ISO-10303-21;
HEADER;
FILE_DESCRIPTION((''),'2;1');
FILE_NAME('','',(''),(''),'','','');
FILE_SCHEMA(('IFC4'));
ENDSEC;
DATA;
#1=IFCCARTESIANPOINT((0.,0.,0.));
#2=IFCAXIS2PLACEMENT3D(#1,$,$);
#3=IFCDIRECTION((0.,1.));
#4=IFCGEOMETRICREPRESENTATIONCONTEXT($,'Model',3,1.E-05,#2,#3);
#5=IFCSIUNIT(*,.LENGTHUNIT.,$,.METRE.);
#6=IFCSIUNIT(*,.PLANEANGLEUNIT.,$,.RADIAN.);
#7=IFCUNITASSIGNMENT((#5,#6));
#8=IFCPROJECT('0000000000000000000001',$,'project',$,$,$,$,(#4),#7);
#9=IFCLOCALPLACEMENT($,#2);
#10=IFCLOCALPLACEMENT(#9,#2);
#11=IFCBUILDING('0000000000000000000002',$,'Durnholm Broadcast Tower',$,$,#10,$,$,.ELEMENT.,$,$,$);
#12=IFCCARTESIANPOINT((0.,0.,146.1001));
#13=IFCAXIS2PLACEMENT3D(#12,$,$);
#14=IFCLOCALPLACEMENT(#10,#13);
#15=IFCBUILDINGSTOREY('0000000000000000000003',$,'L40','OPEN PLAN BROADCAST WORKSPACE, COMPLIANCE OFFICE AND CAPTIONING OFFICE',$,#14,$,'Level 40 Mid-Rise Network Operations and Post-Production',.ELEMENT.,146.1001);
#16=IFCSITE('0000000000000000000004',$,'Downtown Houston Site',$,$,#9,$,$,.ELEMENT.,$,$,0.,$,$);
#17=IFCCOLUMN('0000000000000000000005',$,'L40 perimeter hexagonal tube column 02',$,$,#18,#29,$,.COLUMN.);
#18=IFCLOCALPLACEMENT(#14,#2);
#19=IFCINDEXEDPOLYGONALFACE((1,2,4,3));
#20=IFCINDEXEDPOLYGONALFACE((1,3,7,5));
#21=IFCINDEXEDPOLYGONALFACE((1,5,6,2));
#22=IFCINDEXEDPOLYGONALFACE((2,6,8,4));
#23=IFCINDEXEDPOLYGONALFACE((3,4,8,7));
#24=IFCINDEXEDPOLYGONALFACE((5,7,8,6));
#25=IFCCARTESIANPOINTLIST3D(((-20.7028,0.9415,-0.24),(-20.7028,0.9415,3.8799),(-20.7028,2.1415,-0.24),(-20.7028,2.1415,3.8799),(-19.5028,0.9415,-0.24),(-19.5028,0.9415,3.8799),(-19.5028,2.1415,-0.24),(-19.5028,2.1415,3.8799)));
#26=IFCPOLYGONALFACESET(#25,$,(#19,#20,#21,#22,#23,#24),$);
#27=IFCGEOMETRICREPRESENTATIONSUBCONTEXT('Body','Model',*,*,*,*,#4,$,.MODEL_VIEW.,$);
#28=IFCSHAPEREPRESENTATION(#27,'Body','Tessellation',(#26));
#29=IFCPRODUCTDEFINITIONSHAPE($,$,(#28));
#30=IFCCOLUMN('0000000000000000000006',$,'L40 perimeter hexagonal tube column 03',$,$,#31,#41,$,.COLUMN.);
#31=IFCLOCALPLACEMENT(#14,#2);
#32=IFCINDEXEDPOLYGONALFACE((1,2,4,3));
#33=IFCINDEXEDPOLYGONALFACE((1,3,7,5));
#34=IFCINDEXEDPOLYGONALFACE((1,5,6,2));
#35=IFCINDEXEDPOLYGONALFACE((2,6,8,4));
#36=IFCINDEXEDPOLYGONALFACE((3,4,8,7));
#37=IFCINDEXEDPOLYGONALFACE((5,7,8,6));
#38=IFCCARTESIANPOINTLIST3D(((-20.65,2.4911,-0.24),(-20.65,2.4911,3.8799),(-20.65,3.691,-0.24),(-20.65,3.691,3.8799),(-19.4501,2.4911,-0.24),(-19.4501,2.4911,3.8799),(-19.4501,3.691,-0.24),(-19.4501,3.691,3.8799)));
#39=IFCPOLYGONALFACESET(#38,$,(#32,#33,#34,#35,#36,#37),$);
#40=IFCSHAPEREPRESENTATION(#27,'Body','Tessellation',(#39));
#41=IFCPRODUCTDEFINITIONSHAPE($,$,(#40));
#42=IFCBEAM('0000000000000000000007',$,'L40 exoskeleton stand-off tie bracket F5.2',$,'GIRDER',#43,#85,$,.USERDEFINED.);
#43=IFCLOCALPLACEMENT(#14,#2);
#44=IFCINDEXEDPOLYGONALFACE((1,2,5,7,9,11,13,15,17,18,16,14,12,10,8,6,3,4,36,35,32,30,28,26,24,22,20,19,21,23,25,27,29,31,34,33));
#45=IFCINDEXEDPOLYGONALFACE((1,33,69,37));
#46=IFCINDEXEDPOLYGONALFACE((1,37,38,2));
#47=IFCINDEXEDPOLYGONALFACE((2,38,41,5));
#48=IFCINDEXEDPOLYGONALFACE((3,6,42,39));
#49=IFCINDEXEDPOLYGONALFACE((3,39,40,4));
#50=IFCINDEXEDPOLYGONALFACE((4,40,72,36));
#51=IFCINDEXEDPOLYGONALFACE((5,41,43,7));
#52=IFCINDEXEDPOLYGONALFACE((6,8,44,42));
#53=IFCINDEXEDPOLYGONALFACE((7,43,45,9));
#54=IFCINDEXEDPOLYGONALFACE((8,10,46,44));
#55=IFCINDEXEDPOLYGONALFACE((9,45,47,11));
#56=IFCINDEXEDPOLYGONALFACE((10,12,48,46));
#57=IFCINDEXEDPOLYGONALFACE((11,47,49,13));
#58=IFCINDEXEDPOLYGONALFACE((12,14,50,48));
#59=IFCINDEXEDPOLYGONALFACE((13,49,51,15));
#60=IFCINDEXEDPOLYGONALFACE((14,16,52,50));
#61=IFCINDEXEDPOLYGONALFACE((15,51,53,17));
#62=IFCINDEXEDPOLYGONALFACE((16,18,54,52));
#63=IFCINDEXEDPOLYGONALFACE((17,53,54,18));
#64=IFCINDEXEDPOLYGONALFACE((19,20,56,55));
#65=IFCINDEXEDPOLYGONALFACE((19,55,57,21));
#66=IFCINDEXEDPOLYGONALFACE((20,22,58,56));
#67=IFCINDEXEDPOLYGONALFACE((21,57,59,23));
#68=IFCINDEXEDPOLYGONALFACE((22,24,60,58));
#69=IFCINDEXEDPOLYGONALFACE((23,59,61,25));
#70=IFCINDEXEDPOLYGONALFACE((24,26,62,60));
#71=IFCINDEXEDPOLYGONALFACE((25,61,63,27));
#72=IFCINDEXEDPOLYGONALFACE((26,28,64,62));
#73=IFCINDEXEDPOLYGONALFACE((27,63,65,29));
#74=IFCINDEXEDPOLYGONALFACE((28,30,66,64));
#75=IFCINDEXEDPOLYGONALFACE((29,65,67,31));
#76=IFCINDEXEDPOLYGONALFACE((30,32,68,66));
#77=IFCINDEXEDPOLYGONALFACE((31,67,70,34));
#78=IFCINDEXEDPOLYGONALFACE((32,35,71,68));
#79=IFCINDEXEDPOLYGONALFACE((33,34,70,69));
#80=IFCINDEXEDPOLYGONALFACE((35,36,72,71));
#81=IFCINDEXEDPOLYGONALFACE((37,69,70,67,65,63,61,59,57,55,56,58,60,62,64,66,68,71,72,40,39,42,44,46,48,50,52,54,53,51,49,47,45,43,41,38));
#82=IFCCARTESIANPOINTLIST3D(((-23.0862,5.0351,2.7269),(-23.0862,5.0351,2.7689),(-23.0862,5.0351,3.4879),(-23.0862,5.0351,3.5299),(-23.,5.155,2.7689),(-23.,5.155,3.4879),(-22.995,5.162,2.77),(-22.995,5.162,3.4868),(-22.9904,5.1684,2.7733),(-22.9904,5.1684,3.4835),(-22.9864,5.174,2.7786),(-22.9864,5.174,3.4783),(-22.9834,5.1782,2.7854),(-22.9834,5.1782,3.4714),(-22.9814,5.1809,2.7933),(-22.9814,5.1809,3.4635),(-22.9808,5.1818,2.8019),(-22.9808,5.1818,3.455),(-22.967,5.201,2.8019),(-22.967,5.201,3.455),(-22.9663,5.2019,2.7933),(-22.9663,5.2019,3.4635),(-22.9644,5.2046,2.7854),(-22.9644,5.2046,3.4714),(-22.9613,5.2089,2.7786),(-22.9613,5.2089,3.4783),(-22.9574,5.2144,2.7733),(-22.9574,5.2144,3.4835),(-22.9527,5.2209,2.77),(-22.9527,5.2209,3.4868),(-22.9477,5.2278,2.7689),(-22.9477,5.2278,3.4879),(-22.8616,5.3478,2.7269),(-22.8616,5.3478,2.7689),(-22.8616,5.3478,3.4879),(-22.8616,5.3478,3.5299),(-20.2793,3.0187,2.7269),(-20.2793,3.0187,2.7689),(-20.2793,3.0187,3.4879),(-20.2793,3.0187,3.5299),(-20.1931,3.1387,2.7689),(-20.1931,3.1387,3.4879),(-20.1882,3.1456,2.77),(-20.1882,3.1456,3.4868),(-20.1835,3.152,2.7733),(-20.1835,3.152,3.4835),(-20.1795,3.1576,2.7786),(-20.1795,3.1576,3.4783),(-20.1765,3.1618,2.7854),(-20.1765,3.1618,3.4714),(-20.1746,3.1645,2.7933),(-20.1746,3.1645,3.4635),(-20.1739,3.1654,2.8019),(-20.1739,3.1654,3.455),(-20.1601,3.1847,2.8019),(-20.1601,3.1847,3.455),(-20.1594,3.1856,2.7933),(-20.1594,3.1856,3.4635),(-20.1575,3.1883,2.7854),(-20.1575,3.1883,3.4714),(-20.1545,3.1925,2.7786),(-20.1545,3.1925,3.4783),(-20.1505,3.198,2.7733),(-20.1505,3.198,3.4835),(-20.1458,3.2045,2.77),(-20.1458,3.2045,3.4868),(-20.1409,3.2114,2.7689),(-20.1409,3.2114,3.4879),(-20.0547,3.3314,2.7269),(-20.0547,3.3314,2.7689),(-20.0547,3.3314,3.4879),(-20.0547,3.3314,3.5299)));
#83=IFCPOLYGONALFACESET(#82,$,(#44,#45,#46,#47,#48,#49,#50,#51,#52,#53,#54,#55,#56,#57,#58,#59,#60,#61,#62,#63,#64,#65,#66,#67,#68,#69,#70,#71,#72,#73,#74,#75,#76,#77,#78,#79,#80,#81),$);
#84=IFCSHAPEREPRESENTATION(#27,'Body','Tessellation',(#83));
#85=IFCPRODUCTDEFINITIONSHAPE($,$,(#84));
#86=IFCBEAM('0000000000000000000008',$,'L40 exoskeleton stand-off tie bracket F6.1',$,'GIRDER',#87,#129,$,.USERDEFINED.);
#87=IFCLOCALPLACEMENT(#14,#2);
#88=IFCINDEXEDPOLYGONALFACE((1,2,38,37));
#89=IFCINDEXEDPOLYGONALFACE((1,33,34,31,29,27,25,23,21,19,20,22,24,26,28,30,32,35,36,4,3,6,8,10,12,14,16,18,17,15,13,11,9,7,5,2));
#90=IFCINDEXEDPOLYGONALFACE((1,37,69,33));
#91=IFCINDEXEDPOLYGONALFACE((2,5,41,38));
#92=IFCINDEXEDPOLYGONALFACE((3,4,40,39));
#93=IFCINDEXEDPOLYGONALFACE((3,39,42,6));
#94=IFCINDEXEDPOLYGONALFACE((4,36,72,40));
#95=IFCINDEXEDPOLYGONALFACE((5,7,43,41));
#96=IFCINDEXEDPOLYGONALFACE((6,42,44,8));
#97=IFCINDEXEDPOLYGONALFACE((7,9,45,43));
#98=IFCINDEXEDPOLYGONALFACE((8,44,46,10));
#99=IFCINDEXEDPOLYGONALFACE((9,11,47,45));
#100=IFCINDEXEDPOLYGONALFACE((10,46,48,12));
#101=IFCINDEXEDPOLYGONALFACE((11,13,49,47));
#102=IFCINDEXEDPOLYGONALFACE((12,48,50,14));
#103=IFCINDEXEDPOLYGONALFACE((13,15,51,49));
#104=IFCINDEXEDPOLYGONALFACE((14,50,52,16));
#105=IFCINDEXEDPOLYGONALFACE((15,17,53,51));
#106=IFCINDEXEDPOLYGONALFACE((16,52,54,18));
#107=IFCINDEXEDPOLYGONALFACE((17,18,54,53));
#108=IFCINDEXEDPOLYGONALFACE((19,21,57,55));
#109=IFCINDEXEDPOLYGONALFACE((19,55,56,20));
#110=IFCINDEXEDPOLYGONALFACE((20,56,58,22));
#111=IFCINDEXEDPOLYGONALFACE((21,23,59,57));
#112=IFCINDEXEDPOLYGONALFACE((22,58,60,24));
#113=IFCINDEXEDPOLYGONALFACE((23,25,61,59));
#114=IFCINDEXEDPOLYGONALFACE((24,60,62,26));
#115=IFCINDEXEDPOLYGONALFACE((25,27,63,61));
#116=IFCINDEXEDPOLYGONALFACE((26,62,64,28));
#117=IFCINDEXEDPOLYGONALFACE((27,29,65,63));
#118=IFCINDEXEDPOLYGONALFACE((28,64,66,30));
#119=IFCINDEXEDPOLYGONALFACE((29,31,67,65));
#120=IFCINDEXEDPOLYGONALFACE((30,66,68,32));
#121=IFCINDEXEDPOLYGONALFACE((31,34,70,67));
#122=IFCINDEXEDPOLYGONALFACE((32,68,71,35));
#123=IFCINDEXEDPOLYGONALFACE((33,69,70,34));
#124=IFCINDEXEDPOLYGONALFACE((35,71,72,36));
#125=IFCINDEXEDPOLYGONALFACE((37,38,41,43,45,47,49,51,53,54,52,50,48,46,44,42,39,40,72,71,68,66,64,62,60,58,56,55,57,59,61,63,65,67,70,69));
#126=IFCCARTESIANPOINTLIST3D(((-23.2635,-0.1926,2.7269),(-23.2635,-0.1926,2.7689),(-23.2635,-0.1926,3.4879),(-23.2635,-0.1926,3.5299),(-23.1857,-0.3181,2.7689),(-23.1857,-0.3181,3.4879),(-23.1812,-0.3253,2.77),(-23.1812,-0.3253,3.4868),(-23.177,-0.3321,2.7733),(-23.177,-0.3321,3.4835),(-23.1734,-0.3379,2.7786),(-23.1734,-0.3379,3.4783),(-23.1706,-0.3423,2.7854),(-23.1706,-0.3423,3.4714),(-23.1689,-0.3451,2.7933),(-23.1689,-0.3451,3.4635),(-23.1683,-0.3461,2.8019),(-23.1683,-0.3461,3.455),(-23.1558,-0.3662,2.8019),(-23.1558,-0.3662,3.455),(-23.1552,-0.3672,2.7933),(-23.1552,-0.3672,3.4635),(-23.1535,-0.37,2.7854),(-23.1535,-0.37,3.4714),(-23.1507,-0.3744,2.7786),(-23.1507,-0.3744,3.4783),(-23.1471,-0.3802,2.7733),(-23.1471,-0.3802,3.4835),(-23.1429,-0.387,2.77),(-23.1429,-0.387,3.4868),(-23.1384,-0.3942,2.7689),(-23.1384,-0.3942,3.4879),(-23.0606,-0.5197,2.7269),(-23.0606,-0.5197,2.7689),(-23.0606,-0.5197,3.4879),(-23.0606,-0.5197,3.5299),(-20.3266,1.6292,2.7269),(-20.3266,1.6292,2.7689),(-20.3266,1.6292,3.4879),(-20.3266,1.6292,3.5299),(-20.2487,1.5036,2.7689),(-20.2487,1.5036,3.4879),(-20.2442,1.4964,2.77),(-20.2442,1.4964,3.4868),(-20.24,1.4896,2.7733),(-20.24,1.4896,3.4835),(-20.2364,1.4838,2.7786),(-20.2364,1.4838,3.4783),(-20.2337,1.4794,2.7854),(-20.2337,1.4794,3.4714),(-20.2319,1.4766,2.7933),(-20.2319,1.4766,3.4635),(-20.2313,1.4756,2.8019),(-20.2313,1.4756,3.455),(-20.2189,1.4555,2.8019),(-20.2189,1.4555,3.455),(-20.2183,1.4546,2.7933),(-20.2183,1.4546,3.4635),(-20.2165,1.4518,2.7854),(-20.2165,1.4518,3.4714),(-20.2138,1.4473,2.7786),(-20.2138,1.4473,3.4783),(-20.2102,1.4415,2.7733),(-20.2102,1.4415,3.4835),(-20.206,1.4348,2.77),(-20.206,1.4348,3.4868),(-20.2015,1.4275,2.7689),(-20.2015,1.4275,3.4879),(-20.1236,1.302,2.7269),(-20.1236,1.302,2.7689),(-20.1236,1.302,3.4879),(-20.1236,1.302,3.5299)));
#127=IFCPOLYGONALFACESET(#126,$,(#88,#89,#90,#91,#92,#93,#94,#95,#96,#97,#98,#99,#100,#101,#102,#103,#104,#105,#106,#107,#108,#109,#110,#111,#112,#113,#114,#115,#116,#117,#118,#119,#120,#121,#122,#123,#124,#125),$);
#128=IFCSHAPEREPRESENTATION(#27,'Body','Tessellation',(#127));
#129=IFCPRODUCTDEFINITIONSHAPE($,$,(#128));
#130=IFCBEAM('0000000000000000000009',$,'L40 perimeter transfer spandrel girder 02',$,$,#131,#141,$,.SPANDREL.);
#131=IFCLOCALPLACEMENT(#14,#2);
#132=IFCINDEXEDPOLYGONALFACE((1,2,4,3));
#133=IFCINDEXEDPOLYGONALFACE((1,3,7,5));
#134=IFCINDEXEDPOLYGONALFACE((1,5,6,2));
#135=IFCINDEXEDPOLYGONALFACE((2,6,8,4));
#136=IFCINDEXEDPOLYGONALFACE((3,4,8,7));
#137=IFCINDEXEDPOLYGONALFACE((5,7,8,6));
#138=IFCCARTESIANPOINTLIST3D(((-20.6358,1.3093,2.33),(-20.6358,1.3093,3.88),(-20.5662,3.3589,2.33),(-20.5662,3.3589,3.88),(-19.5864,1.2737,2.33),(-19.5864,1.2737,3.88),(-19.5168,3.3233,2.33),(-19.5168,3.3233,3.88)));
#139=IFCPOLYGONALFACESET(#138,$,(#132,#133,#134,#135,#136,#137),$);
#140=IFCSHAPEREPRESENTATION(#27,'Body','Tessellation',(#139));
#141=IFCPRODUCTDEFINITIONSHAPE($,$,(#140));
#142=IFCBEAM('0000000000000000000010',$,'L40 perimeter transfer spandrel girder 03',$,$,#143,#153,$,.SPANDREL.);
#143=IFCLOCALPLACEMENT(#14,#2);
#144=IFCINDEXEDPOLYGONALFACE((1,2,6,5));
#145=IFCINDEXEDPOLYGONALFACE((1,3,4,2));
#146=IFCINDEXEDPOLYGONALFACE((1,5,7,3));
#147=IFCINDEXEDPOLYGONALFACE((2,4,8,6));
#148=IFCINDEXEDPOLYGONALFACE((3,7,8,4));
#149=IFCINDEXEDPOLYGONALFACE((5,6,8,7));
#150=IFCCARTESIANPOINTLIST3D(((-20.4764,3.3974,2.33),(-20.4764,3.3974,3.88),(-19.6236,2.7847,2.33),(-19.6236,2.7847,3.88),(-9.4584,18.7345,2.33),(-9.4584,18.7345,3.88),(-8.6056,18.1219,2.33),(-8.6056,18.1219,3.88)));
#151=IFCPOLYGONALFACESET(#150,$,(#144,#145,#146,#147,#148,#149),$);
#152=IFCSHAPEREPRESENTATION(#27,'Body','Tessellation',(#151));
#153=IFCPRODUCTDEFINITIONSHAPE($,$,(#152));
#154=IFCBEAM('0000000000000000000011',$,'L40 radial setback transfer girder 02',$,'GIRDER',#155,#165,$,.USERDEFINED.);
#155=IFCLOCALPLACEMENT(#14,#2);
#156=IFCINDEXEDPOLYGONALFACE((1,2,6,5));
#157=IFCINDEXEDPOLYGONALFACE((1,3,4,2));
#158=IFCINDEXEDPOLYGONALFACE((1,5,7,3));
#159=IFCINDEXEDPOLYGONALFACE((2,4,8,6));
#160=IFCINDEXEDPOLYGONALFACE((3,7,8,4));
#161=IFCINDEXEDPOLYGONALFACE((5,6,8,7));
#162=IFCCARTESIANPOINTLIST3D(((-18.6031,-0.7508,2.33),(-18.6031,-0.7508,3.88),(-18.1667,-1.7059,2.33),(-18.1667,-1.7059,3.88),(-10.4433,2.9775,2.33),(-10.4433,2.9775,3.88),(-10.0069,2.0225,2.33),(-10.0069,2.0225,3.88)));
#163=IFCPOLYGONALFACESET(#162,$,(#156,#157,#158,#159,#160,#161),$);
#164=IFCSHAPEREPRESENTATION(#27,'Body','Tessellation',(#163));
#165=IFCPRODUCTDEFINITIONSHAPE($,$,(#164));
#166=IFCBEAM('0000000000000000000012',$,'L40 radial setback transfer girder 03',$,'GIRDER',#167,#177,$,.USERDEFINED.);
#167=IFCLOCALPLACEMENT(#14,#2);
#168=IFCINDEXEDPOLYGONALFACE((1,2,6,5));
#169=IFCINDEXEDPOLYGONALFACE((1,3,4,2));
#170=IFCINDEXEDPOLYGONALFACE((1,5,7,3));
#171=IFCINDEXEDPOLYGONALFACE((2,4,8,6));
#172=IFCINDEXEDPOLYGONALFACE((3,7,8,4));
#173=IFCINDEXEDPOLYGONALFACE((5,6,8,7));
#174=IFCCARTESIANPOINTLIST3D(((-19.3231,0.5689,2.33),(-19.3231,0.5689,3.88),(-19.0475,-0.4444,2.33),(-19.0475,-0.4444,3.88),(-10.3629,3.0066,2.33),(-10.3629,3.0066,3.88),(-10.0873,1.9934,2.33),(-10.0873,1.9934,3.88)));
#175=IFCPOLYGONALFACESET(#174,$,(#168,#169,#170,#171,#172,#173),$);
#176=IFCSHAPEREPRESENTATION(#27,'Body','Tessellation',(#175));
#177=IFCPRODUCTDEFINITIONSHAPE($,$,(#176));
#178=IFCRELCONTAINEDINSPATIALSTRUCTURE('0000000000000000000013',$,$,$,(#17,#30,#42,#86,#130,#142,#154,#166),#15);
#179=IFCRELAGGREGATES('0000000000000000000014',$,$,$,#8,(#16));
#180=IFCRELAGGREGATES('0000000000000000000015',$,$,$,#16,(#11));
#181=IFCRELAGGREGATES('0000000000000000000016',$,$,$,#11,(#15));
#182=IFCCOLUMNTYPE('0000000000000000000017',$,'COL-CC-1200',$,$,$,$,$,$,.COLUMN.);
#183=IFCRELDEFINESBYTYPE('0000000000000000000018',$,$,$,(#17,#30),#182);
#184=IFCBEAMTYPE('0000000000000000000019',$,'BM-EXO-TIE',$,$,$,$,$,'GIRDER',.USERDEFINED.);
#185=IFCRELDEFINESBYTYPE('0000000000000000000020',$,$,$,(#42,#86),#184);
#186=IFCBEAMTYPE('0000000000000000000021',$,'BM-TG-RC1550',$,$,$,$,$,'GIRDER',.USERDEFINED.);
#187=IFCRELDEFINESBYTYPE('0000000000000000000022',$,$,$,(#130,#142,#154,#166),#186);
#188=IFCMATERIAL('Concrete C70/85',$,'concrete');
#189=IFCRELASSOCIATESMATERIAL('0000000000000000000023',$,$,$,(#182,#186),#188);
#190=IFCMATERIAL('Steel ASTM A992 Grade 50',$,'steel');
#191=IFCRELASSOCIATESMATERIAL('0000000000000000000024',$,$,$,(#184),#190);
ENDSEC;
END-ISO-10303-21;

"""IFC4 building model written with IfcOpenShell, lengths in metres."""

from ifc_helpers import new_model, si_unit, direction, frame, origin, origin_2d, place, context, subcontext, project, spatial, rectangle, i_section, extrude, source, transform, mapped, material, material_profile, profile_set, type_object, type_shapes, element, save


model = new_model("IFC4")

# Units and contexts
model_context = context("Model", 3, precision=1e-05, world=origin(), true_north=direction((0.0, 1.0)))
body_context = subcontext(model_context, "Body", "Model", "MODEL_VIEW")
ifc_project = project(units=[si_unit("LENGTHUNIT", "METRE"), si_unit("PLANEANGLEUNIT", "RADIAN")], contexts=[model_context])

# Site, building, storey
site_placement = place(None, origin())
site = spatial("IfcSite", under=ifc_project, at=site_placement, Name="Downtown Houston Site", CompositionType="ELEMENT", RefElevation=0.0)
building_placement = place(site_placement, origin())
building = spatial("IfcBuilding", under=site, at=building_placement, Name="Durnholm Broadcast Tower", CompositionType="ELEMENT")
storey_placement = place(building_placement, frame((0.0, 0.0, 146.1001)))
storey = spatial("IfcBuildingStorey", under=building, at=storey_placement, Name="L40", Description="OPEN PLAN BROADCAST WORKSPACE, COMPLIANCE OFFICE AND CAPTIONING OFFICE", LongName="Level 40 Mid-Rise Network Operations and Post-Production", CompositionType="ELEMENT", Elevation=146.1001)

# Columns
ifc_material_1 = material(Name="Concrete C70/85", Category="concrete")
ifc_material_profile_1 = material_profile(ifc_material_1, rectangle(XDim=1.2, YDim=1.2, at=origin_2d()), Name="RC1200X1200")
ifc_profile_set_1 = profile_set([ifc_material_profile_1], Name="Concrete C70/85")
column_type = type_object("IfcColumnType", Name="COL-CC-1200", PredefinedType="COLUMN", material=ifc_profile_set_1)
shared_shape_1 = source(origin(), body_context, "Body", "SweptSolid", [
    extrude(rectangle(XDim=1.2, YDim=1.2, at=origin_2d()), origin(), (0.0, 0.0, 1.0), 4.1199),
])
type_shapes(column_type, [shared_shape_1])
for number, where, z_axis, x_axis, name in (
    (1, (-20.1028, 1.5415, -0.24), (0.0, 0.0, 1.0), (1.0, 0.0, 0.0), "L40 perimeter hexagonal tube column 02"),
    (2, (-20.05, 3.0911, -0.24), (0.0, 0.0, 1.0), (1.0, 0.0, 0.0), "L40 perimeter hexagonal tube column 03"),
):
    element("IfcColumn", number, at=place(storey_placement, frame(where, z_axis=z_axis, x_axis=x_axis)), inside=storey, type_object=column_type, Name=name, PredefinedType="COLUMN", context=body_context, shape_type="MappedRepresentation", body=[
        mapped(shared_shape_1, transform((0.0, 0.0, 0.0), x_axis=(1.0, 0.0, 0.0), y_axis=(0.0, 1.0, 0.0), z_axis=(0.0, 0.0, 1.0), scale=1.0)),
    ])

# Beams
ifc_material_2 = material(Name="Steel ASTM A992 Grade 50", Category="steel")
ifc_material_profile_2 = material_profile(ifc_material_2, i_section(OverallWidth=0.385, OverallDepth=0.803, WebThickness=0.0237, FlangeThickness=0.042, FilletRadius=0.033, at=origin_2d()), Name="W30X261")
ifc_profile_set_2 = profile_set([ifc_material_profile_2], Name="Steel ASTM A992 Grade 50")
beam_type_1 = type_object("IfcBeamType", Name="BM-EXO-TIE", ElementType="GIRDER", PredefinedType="USERDEFINED", material=ifc_profile_set_2)
shared_shape_2 = source(origin(), body_context, "Body", "SweptSolid", [
    extrude(i_section(OverallWidth=0.385, OverallDepth=0.803, WebThickness=0.0237, FlangeThickness=0.042, FilletRadius=0.033, at=origin_2d()), origin(), (0.0, 0.0, 1.0), 3.4561),
])
type_shapes(beam_type_1, [shared_shape_2])
for number, where, z_axis, x_axis, name in (
    (3, (-20.167, 3.175, 3.1284), (-0.812165, 0.583428, 0.0), (-0.583428, -0.812165, 0.0), "L40 exoskeleton stand-off tie bracket F5.2"),
    (4, (-20.2251, 1.4656, 3.1284), (-0.849795, -0.527113, 0.0), (0.527113, -0.849795, 0.0), "L40 exoskeleton stand-off tie bracket F6.1"),
):
    element("IfcBeam", number, at=place(storey_placement, frame(where, z_axis=z_axis, x_axis=x_axis)), inside=storey, type_object=beam_type_1, Name=name, ObjectType="GIRDER", PredefinedType="USERDEFINED", context=body_context, shape_type="MappedRepresentation", body=[
        mapped(shared_shape_2, transform((0.0, 0.0, 0.0), x_axis=(1.0, 0.0, 0.0), y_axis=(0.0, 1.0, 0.0), z_axis=(0.0, 0.0, 1.0), scale=1.0)),
    ])
ifc_material_profile_3 = material_profile(ifc_material_1, rectangle(XDim=1.05, YDim=1.55, at=origin_2d()), Name="RC1050X1550")
ifc_profile_set_3 = profile_set([ifc_material_profile_3], Name="Concrete C70/85")
beam_type_2 = type_object("IfcBeamType", Name="BM-TG-RC1550", ElementType="GIRDER", PredefinedType="USERDEFINED", material=ifc_profile_set_3)
shared_shape_3 = source(origin(), body_context, "Body", "SweptSolid", [
    extrude(rectangle(XDim=1.05, YDim=1.55, at=origin_2d()), origin(), (0.0, 0.0, 1.0), 2.0508),
])
beam_1_placement = place(storey_placement, frame((-20.1111, 1.2915, 3.105), z_axis=(0.033929, 0.999424, 0.0), x_axis=(-0.999424, 0.033929, 0.0)))
element("IfcBeam", 5, at=beam_1_placement, inside=storey, type_object=beam_type_2, Name="L40 perimeter transfer spandrel girder 02", PredefinedType="SPANDREL", context=body_context, shape_type="MappedRepresentation", body=[
    mapped(shared_shape_3, transform((0.0, 0.0, 0.0), x_axis=(1.0, 0.0, 0.0), y_axis=(0.0, 1.0, 0.0), z_axis=(0.0, 0.0, 1.0), scale=1.0)),
])
shared_shape_4 = source(origin(), body_context, "Body", "SweptSolid", [
    extrude(rectangle(XDim=1.05, YDim=1.55, at=origin_2d()), origin(), (0.0, 0.0, 1.0), 18.8845),
])
beam_2_placement = place(storey_placement, frame((-20.05, 3.0911, 3.105), z_axis=(0.583443, 0.812154, 0.0), x_axis=(-0.812154, 0.583443, 0.0)))
element("IfcBeam", 6, at=beam_2_placement, inside=storey, type_object=beam_type_2, Name="L40 perimeter transfer spandrel girder 03", PredefinedType="SPANDREL", context=body_context, shape_type="MappedRepresentation", body=[
    mapped(shared_shape_4, transform((0.0, 0.0, 0.0), x_axis=(1.0, 0.0, 0.0), y_axis=(0.0, 1.0, 0.0), z_axis=(0.0, 0.0, 1.0), scale=1.0)),
])
shared_shape_5 = source(origin(), body_context, "Body", "SweptSolid", [
    extrude(rectangle(XDim=1.05, YDim=1.55, at=origin_2d()), origin(), (0.0, 0.0, 1.0), 8.9712),
])
beam_3_placement = place(storey_placement, frame((-10.2251, 2.5, 3.105), z_axis=(-0.909553, -0.415588, 0.0), x_axis=(0.415588, -0.909553, 0.0)))
element("IfcBeam", 7, at=beam_3_placement, inside=storey, type_object=beam_type_2, Name="L40 radial setback transfer girder 02", ObjectType="GIRDER", PredefinedType="USERDEFINED", context=body_context, shape_type="MappedRepresentation", body=[
    mapped(shared_shape_5, transform((0.0, 0.0, 0.0), x_axis=(1.0, 0.0, 0.0), y_axis=(0.0, 1.0, 0.0), z_axis=(0.0, 0.0, 1.0), scale=1.0)),
])
shared_shape_6 = source(origin(), body_context, "Body", "SweptSolid", [
    extrude(rectangle(XDim=1.05, YDim=1.55, at=origin_2d()), origin(), (0.0, 0.0, 1.0), 9.2859),
])
type_shapes(beam_type_2, [shared_shape_3, shared_shape_4, shared_shape_5, shared_shape_6])
beam_4_placement = place(storey_placement, frame((-10.2251, 2.5, 3.105), z_axis=(-0.964926, -0.262521, 0.0), x_axis=(0.262521, -0.964926, 0.0)))
element("IfcBeam", 8, at=beam_4_placement, inside=storey, type_object=beam_type_2, Name="L40 radial setback transfer girder 03", ObjectType="GIRDER", PredefinedType="USERDEFINED", context=body_context, shape_type="MappedRepresentation", body=[
    mapped(shared_shape_6, transform((0.0, 0.0, 0.0), x_axis=(1.0, 0.0, 0.0), y_axis=(0.0, 1.0, 0.0), z_axis=(0.0, 0.0, 1.0), scale=1.0)),
])

save(model, "model.ifc")
